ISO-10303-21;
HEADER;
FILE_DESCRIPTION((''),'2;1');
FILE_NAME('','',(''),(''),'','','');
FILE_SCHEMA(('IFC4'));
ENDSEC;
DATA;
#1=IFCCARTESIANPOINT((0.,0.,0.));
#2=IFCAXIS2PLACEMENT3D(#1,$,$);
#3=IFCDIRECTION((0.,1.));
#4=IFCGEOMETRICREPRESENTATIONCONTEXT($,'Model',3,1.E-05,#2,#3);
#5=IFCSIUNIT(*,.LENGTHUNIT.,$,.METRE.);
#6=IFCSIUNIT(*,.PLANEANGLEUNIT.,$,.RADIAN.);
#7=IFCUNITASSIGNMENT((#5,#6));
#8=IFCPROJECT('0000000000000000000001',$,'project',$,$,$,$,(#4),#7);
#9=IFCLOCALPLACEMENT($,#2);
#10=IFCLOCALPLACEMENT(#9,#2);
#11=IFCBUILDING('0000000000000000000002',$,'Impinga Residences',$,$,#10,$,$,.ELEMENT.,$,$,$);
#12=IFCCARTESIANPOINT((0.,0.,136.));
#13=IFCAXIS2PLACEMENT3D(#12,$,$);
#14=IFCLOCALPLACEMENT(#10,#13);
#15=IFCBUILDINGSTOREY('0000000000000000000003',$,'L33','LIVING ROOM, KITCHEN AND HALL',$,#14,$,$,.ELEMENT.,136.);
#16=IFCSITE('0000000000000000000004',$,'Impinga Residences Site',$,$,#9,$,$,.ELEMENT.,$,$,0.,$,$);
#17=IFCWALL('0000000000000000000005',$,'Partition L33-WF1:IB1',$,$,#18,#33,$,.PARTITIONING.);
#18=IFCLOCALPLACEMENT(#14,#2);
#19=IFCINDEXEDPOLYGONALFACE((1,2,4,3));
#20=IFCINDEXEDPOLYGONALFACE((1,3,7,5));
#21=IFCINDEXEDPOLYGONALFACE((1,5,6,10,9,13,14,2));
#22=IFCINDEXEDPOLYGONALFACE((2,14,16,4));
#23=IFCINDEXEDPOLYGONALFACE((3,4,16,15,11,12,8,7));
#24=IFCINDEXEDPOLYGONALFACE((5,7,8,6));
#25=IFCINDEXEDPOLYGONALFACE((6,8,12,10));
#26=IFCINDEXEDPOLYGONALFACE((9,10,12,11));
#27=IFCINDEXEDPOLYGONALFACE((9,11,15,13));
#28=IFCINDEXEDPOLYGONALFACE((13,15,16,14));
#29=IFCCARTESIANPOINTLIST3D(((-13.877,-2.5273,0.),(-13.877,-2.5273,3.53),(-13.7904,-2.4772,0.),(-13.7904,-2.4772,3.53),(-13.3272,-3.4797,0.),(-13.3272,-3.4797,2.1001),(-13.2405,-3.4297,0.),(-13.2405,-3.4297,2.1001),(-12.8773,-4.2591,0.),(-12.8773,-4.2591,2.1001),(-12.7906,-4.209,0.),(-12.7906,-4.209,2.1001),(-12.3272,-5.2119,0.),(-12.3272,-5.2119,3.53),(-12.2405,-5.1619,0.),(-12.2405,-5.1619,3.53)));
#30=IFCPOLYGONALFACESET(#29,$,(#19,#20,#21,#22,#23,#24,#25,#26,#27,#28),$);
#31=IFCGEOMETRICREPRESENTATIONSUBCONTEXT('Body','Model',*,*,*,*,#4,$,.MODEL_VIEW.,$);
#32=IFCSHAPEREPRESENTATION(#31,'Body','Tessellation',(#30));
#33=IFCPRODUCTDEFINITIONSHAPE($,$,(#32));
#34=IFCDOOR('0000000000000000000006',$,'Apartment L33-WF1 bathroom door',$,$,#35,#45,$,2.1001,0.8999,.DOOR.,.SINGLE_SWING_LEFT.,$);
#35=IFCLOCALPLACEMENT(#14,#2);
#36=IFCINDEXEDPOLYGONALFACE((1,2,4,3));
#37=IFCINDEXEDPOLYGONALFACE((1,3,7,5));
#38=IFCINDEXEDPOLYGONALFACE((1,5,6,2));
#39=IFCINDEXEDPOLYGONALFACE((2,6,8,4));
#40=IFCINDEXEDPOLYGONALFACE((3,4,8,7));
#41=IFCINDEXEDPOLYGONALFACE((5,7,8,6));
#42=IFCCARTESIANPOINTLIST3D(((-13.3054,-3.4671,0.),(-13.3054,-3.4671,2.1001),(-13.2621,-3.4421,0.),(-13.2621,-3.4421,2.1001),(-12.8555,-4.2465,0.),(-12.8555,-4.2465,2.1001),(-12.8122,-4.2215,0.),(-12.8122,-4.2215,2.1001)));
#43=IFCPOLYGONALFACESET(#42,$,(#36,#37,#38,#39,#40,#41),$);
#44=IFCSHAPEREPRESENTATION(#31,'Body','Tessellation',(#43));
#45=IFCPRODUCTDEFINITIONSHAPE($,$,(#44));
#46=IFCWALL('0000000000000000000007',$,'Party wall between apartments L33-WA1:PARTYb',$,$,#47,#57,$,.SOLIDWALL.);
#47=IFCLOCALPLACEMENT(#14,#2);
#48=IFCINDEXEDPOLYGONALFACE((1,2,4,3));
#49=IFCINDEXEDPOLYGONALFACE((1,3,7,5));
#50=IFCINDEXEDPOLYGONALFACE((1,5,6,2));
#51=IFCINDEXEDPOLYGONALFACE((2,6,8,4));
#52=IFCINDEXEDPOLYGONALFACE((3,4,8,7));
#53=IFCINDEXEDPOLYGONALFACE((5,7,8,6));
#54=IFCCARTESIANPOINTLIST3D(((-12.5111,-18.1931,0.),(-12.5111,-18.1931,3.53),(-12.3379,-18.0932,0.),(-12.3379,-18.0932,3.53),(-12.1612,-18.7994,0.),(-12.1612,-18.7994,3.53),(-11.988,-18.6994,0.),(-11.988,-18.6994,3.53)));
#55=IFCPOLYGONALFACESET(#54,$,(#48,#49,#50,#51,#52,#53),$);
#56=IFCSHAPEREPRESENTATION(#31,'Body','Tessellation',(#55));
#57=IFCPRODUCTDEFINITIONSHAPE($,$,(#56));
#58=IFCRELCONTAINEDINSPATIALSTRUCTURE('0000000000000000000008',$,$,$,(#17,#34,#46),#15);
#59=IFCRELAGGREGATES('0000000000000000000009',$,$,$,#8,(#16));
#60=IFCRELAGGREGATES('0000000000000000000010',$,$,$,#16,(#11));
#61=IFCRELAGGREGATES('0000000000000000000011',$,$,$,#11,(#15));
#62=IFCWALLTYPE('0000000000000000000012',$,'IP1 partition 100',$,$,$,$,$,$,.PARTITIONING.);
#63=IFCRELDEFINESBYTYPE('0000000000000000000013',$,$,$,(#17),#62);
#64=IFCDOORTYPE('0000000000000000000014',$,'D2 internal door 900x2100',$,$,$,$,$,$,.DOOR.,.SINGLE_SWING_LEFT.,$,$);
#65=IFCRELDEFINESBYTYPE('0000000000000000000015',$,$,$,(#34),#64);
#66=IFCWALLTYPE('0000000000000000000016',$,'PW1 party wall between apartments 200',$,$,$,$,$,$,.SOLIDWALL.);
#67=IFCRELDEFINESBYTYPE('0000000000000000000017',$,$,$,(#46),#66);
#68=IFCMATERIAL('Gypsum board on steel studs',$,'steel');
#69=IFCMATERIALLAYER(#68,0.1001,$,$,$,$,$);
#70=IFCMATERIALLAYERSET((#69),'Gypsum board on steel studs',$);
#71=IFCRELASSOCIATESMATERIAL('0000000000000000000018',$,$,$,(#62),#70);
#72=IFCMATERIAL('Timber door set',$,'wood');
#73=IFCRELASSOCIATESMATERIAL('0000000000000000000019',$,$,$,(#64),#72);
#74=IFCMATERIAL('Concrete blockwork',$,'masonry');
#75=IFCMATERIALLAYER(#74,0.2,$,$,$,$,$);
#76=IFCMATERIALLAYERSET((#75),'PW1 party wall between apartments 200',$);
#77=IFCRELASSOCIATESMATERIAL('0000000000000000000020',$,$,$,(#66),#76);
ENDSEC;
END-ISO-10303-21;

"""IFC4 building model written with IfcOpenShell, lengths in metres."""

from ifc_helpers import new_model, si_unit, direction, frame, frame_2d, origin, place, context, subcontext, project, spatial, rectangle, extrude, material, layer, layer_set, type_object, element, fill, save


model = new_model("IFC4")

# Units and contexts
model_context = context("Model", 3, precision=1e-05, world=origin(), true_north=direction((0.0, 1.0)))
body_context = subcontext(model_context, "Body", "Model", "MODEL_VIEW")
ifc_project = project(units=[si_unit("LENGTHUNIT", "METRE"), si_unit("PLANEANGLEUNIT", "RADIAN")], contexts=[model_context])

# Site, building, storey
site_placement = place(None, origin())
site = spatial("IfcSite", under=ifc_project, at=site_placement, Name="Impinga Residences Site", CompositionType="ELEMENT", RefElevation=0.0)
building_placement = place(site_placement, origin())
building = spatial("IfcBuilding", under=site, at=building_placement, Name="Impinga Residences", CompositionType="ELEMENT")
storey_placement = place(building_placement, frame((0.0, 0.0, 136.0)))
storey = spatial("IfcBuildingStorey", under=building, at=storey_placement, Name="L33", Description="LIVING ROOM, KITCHEN AND HALL", CompositionType="ELEMENT", Elevation=136.0)

# Shared definitions
ifc_material_1 = material(Name="Timber door set", Category="wood")

# Shared definitions
ifc_material_2 = material(Name="Gypsum board on steel studs", Category="steel")
ifc_layer_1 = layer(ifc_material_2, 0.1001)
ifc_layer_set_1 = layer_set([ifc_layer_1], Name="Gypsum board on steel studs")
wall_type_1 = type_object("IfcWallType", Name="IP1 partition 100", PredefinedType="PARTITIONING", material=ifc_layer_set_1)

# Shared definitions
door_type_1 = type_object("IfcDoorType", Name="D2 internal door 900x2100", OperationType="SINGLE_SWING_LEFT", PredefinedType="DOOR", material=ifc_material_1)

# Wall, opening, door
wall_1_placement = place(storey_placement, frame((-12.2839, -5.1868, 0.0), z_axis=(0.0, 0.0, 1.0), x_axis=(-0.499968, 0.866044, 0.0)))
wall_1 = element("IfcWall", 1, at=wall_1_placement, inside=storey, type_object=wall_type_1, Name="Partition L33-WF1:IB1", PredefinedType="PARTITIONING", context=body_context, shape_type="SweptSolid", body=[
    extrude(rectangle(XDim=3.0999, YDim=0.1001, at=frame_2d((1.5498, 0.0))), origin(), (0.0, 0.0, 1.0), 3.53),
])
opening_1_placement = place(wall_1_placement, frame((1.1001, 0.0, 0.0)))
opening_1 = element("IfcOpeningElement", 2, at=opening_1_placement, cuts=wall_1, PredefinedType="OPENING", context=body_context, shape_type="SweptSolid", body=[
    extrude(rectangle(XDim=0.8999, YDim=2.1001, at=frame_2d((0.45, 1.05))), frame((0.0, 0.0601, 0.0), z_axis=(0.0, -1.0, 0.0), x_axis=(1.0, 0.0, 0.0)), (0.0, 0.0, 1.0), 0.1201),
])
door_1_placement = place(opening_1_placement, origin())
door_1 = element("IfcDoor", 3, at=door_1_placement, inside=storey, type_object=door_type_1, Name="Apartment L33-WF1 bathroom door", OperationType="SINGLE_SWING_LEFT", OverallHeight=2.1001, OverallWidth=0.8999, PredefinedType="DOOR", context=body_context, shape_type="SweptSolid", body=[
    extrude(rectangle(XDim=0.8999, YDim=2.1001, at=frame_2d((0.45, 1.05))), frame((0.0, 0.0249, 0.0), z_axis=(0.0, -1.0, 0.0), x_axis=(1.0, 0.0, 0.0)), (0.0, 0.0, 1.0), 0.05),
])
fill(opening_1, door_1)

# Wall
ifc_material_3 = material(Name="Concrete blockwork", Category="masonry")
ifc_layer_2 = layer(ifc_material_3, 0.2)
ifc_layer_set_2 = layer_set([ifc_layer_2], Name="PW1 party wall between apartments 200")
wall_type_2 = type_object("IfcWallType", Name="PW1 party wall between apartments 200", PredefinedType="SOLIDWALL", material=ifc_layer_set_2)
wall_2_placement = place(storey_placement, frame((-12.4246, -18.1431, 0.0), z_axis=(0.0, 0.0, 1.0), x_axis=(0.499853, -0.86611, 0.0)))
element("IfcWall", 4, at=wall_2_placement, inside=storey, type_object=wall_type_2, Name="Party wall between apartments L33-WA1:PARTYb", PredefinedType="SOLIDWALL", context=body_context, shape_type="SweptSolid", body=[
    extrude(rectangle(XDim=0.7, YDim=0.2, at=frame_2d((0.3501, 0.0))), origin(), (0.0, 0.0, 1.0), 3.53),
])

save(model, "model.ifc")
